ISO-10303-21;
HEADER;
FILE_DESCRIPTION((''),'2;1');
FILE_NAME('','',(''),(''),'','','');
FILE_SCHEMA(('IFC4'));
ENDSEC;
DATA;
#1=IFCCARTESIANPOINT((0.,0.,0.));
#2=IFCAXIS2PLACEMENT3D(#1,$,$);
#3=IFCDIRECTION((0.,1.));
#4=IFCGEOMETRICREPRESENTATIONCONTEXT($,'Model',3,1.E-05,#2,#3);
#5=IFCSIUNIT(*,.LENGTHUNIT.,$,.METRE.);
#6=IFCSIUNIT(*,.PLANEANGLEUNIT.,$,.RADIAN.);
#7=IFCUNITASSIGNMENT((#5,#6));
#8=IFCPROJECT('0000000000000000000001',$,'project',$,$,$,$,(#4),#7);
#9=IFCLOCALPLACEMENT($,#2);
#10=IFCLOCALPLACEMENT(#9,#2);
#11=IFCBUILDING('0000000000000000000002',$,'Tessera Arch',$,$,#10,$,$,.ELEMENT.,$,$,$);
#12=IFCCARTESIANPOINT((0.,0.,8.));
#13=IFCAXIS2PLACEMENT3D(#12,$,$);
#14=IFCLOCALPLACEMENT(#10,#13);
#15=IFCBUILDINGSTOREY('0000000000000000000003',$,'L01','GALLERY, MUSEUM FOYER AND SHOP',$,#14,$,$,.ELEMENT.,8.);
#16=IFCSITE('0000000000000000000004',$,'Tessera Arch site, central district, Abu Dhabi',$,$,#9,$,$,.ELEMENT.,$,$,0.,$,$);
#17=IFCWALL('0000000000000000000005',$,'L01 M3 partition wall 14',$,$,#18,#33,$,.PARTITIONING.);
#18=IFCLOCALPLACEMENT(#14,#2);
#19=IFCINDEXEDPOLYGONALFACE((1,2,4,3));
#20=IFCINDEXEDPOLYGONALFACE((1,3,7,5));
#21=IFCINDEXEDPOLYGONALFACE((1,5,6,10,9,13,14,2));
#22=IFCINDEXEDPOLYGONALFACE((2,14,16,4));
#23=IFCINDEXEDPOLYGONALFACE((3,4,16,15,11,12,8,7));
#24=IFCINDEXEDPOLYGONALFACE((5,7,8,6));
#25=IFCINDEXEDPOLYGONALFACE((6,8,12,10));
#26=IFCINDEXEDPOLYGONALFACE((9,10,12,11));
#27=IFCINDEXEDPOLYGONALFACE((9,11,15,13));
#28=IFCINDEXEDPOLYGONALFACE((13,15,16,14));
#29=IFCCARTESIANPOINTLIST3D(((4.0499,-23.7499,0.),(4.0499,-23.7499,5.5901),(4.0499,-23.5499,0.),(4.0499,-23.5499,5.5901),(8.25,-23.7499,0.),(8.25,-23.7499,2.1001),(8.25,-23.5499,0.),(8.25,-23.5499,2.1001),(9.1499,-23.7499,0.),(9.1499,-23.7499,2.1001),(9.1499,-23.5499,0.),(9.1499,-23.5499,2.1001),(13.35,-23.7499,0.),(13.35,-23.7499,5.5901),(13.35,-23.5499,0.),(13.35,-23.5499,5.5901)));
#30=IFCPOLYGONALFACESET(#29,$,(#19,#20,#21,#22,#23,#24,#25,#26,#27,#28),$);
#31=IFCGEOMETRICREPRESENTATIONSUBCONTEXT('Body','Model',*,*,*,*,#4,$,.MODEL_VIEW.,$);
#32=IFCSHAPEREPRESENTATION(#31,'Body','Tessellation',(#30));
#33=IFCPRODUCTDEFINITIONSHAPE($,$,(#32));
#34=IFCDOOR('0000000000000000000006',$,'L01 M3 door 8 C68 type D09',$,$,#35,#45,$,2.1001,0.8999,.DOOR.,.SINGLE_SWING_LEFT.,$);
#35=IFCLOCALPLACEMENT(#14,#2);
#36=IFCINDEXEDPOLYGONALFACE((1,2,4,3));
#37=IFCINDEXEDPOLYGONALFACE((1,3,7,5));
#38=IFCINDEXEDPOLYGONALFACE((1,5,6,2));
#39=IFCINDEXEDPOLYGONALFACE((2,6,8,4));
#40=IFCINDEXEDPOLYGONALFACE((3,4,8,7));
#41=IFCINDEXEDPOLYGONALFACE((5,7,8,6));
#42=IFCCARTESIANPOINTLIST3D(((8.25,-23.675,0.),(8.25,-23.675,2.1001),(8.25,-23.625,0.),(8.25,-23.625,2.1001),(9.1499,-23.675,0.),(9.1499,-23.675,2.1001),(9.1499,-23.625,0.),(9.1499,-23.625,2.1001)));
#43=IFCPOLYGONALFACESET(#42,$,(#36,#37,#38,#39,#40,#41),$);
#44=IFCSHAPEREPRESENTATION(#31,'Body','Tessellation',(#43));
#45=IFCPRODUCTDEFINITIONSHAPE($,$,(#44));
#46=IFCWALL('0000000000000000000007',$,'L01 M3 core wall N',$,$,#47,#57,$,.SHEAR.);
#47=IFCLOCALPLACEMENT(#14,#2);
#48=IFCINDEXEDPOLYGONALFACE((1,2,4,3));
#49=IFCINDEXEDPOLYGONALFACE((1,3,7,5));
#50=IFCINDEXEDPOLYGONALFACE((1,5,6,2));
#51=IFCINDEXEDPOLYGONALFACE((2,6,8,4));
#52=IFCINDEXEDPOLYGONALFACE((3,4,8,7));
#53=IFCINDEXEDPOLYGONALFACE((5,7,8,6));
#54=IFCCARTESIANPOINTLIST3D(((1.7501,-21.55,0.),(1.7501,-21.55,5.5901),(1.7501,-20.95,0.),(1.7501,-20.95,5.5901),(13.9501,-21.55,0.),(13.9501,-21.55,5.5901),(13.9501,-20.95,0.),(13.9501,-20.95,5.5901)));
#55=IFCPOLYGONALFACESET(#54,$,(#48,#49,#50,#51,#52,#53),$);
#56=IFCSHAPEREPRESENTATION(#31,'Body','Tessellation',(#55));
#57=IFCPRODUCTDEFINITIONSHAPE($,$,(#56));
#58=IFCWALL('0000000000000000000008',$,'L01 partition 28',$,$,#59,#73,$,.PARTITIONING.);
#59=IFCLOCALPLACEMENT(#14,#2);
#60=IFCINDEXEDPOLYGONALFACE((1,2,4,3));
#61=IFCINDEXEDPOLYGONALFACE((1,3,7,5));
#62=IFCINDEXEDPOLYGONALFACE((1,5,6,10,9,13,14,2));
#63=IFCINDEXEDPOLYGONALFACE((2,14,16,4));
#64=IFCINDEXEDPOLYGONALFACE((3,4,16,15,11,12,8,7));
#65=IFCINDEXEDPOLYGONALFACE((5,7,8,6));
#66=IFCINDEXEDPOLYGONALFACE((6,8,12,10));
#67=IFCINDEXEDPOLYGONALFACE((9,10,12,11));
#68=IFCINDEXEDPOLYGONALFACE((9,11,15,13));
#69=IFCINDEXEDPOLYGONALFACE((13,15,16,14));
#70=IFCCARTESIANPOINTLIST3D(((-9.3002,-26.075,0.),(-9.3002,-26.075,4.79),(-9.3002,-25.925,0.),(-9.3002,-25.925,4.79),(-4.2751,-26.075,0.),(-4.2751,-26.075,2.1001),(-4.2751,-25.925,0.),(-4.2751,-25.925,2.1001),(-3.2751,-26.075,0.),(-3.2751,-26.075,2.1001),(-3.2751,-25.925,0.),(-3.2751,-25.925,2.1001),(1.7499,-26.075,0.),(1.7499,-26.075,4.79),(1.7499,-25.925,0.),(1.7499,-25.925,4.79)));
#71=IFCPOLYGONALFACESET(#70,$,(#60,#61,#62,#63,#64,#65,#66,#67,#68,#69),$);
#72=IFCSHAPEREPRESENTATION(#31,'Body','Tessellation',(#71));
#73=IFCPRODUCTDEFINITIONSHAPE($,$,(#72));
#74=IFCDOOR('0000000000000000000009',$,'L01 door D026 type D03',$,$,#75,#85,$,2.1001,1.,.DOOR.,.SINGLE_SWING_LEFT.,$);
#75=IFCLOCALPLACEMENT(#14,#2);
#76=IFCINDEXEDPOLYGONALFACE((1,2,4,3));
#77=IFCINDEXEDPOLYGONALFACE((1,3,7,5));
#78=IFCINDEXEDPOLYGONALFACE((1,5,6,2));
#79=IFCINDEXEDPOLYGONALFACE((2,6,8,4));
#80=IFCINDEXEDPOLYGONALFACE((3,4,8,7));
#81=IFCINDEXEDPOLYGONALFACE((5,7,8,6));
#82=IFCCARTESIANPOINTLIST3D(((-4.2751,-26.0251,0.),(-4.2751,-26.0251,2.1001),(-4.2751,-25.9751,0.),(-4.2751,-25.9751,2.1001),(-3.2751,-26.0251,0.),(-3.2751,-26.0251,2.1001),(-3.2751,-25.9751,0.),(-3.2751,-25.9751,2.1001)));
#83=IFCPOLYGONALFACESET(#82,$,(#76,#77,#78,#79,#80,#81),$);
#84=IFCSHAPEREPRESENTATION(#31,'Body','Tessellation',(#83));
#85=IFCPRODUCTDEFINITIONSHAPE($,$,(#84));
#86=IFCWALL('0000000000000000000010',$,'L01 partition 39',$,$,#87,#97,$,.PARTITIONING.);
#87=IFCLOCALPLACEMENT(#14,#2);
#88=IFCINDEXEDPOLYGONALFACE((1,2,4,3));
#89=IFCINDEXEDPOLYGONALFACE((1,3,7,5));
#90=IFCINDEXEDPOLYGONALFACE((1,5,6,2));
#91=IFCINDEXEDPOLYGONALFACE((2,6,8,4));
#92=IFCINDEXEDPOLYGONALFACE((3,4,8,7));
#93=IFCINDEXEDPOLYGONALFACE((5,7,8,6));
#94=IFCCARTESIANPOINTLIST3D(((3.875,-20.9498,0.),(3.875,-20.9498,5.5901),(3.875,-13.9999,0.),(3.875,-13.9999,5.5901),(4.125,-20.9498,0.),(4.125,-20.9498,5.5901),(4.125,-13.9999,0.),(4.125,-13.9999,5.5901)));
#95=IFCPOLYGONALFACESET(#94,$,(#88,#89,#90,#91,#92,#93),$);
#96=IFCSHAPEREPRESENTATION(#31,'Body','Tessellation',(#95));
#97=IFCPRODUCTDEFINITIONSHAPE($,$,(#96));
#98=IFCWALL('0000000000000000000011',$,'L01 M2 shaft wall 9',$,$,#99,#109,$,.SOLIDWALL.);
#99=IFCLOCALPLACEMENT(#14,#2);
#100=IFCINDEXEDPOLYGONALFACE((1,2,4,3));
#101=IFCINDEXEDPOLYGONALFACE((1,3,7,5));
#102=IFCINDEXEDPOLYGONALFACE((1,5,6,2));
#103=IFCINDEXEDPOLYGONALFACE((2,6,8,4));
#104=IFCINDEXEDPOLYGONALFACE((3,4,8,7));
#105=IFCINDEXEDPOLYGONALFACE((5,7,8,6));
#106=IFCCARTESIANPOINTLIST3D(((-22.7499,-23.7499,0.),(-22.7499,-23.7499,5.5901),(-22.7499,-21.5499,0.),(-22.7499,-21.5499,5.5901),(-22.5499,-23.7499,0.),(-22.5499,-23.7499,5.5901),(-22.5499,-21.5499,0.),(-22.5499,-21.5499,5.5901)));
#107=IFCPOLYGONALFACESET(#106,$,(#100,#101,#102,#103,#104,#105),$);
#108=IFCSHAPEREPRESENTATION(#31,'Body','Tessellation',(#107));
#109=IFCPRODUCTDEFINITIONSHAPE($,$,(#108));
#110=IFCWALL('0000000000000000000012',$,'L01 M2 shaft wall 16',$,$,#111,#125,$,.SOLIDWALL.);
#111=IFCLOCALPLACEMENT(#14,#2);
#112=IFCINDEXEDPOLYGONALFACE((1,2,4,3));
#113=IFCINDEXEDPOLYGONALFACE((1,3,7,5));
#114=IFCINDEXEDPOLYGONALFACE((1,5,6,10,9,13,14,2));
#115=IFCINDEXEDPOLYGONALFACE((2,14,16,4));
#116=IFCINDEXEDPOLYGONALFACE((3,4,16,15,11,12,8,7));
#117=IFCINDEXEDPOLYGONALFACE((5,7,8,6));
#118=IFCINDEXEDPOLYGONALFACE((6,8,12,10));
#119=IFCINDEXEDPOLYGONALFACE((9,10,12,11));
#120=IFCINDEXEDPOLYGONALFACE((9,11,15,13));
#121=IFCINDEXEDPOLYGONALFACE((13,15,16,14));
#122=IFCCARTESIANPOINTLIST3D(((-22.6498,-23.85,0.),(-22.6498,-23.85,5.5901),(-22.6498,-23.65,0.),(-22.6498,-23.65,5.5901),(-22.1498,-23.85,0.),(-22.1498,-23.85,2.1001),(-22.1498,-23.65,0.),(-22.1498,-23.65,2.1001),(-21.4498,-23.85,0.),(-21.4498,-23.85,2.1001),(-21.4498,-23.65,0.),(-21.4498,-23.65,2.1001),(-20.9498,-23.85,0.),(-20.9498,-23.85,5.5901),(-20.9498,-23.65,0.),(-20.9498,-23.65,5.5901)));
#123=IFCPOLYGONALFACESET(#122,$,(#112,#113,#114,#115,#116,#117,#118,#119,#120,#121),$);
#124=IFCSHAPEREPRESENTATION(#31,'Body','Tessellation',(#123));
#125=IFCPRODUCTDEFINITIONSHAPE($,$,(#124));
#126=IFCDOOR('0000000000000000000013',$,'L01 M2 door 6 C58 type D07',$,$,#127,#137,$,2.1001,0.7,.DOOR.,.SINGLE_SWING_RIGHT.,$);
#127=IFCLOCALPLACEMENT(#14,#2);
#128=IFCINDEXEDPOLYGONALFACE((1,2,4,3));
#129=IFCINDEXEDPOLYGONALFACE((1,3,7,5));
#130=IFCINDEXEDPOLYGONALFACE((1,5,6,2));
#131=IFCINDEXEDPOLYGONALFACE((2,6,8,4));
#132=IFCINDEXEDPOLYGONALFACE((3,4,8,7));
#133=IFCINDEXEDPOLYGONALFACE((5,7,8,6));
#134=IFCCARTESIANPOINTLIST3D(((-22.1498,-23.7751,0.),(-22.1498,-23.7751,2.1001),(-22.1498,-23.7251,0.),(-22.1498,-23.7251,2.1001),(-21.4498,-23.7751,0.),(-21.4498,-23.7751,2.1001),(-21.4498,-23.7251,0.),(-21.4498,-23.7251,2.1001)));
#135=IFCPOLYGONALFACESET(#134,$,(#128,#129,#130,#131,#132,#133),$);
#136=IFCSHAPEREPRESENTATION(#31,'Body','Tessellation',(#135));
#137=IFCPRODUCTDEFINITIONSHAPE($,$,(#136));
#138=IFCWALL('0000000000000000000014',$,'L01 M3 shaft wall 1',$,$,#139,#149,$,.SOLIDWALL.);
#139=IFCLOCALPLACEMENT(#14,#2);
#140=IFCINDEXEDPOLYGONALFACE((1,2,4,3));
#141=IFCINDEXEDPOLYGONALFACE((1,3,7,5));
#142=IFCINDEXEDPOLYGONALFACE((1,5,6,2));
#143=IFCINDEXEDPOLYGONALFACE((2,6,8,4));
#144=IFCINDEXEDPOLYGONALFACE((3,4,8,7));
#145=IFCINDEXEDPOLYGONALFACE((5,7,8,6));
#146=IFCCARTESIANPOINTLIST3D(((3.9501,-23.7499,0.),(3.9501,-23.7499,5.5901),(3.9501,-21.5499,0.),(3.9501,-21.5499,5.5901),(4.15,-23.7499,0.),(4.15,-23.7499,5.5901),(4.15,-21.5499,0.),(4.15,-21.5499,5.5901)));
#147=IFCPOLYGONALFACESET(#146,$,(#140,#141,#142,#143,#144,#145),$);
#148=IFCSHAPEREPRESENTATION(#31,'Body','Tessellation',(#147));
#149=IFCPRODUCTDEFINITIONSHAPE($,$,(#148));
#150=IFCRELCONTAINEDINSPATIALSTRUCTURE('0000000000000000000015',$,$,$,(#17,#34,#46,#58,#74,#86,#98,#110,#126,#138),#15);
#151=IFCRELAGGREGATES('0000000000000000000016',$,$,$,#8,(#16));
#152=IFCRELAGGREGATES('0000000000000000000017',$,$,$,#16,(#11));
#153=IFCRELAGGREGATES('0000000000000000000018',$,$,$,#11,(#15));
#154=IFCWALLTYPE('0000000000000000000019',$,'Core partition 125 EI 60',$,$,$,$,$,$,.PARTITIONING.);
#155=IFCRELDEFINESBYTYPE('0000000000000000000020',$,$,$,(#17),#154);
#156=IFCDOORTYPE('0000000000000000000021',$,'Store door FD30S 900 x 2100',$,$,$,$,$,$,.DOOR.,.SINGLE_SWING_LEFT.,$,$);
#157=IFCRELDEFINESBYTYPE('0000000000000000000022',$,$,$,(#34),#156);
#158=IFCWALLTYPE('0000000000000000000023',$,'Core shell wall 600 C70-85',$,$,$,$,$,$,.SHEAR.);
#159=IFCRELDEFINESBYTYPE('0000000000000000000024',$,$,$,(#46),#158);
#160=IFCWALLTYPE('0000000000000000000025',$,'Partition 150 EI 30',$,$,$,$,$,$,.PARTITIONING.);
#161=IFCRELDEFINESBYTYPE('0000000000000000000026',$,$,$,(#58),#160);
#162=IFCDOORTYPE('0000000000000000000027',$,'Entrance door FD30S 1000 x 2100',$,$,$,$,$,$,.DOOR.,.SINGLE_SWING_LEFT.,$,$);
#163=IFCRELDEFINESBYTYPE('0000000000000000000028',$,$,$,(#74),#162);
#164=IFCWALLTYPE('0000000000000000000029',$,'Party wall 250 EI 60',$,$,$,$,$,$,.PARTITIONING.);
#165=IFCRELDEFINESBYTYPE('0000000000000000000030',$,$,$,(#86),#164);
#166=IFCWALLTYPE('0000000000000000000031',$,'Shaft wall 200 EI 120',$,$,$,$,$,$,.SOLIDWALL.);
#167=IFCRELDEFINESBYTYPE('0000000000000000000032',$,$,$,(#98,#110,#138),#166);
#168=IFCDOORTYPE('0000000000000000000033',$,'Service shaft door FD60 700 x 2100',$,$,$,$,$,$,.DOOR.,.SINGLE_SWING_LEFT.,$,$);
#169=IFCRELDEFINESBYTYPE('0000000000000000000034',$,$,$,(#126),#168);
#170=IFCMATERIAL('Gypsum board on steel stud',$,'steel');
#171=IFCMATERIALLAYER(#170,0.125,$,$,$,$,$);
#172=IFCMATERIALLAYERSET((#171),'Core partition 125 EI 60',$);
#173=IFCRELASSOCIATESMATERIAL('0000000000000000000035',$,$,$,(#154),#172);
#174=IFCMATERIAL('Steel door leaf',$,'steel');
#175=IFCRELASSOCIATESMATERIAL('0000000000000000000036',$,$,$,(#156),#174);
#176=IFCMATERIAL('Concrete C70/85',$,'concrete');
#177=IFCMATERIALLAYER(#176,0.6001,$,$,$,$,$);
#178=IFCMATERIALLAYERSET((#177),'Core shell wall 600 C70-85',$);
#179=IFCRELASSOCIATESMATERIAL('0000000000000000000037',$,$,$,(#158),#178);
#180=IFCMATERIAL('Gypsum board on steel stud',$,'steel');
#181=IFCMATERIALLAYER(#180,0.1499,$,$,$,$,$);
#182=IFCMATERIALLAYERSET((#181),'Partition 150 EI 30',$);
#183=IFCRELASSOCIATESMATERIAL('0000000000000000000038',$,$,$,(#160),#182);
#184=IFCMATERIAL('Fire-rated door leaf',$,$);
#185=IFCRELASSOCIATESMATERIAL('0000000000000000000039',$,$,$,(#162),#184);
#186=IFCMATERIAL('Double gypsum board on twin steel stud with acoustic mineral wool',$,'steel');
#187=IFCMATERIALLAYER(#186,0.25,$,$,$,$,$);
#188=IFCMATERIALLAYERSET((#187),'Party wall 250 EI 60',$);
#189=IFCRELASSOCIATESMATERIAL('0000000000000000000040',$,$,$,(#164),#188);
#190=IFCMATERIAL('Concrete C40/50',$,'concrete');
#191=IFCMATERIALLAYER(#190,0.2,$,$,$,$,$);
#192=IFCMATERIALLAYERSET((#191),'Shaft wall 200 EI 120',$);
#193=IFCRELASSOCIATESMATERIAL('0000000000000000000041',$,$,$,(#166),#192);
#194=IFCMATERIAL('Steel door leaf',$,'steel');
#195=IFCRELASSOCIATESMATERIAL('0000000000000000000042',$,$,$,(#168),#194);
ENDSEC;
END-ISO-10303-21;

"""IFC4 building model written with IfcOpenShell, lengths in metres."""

from ifc_helpers import new_model, si_unit, direction, frame, frame_2d, origin, place, context, subcontext, project, spatial, rectangle, extrude, material, layer, layer_set, type_object, element, fill, save


model = new_model("IFC4")

# Units and contexts
model_context = context("Model", 3, precision=1e-05, world=origin(), true_north=direction((0.0, 1.0)))
body_context = subcontext(model_context, "Body", "Model", "MODEL_VIEW")
ifc_project = project(units=[si_unit("LENGTHUNIT", "METRE"), si_unit("PLANEANGLEUNIT", "RADIAN")], contexts=[model_context])

# Site, building, storey
site_placement = place(None, origin())
site = spatial("IfcSite", under=ifc_project, at=site_placement, Name="Tessera Arch site, central district, Abu Dhabi", CompositionType="ELEMENT", RefElevation=0.0)
building_placement = place(site_placement, origin())
building = spatial("IfcBuilding", under=site, at=building_placement, Name="Tessera Arch", CompositionType="ELEMENT")
storey_placement = place(building_placement, frame((0.0, 0.0, 8.0)))
storey = spatial("IfcBuildingStorey", under=building, at=storey_placement, Name="L01", Description="GALLERY, MUSEUM FOYER AND SHOP", CompositionType="ELEMENT", Elevation=8.0)

# Wall, opening, door
ifc_material_1 = material(Name="Gypsum board on steel stud", Category="steel")
ifc_layer_1 = layer(ifc_material_1, 0.125)
ifc_layer_set_1 = layer_set([ifc_layer_1], Name="Core partition 125 EI 60")
wall_type_1 = type_object("IfcWallType", Name="Core partition 125 EI 60", PredefinedType="PARTITIONING", material=ifc_layer_set_1)
wall_1_placement = place(storey_placement, frame((4.05, -23.6499, 0.0), z_axis=(0.0, 0.0, 1.0), x_axis=(1.0, 0.0, 0.0)))
wall_1 = element("IfcWall", 1, at=wall_1_placement, inside=storey, type_object=wall_type_1, Name="L01 M3 partition wall 14", PredefinedType="PARTITIONING", context=body_context, shape_type="SweptSolid", body=[
    extrude(rectangle(XDim=9.3, YDim=0.2, at=frame_2d((4.6499, 0.0))), origin(), (0.0, 0.0, 1.0), 5.5901),
])
opening_1_placement = place(wall_1_placement, frame((4.2, 0.0, 0.0)))
opening_1 = element("IfcOpeningElement", 2, at=opening_1_placement, cuts=wall_1, PredefinedType="OPENING", context=body_context, shape_type="SweptSolid", body=[
    extrude(rectangle(XDim=0.8999, YDim=2.1001, at=frame_2d((0.45, 1.05))), frame((0.0, 0.1099, 0.0), z_axis=(0.0, -1.0, 0.0), x_axis=(1.0, 0.0, 0.0)), (0.0, 0.0, 1.0), 0.22),
])
ifc_material_2 = material(Name="Steel door leaf", Category="steel")
door_type_1 = type_object("IfcDoorType", Name="Store door FD30S 900 x 2100", OperationType="SINGLE_SWING_LEFT", PredefinedType="DOOR", material=ifc_material_2)
door_1_placement = place(opening_1_placement, origin())
door_1 = element("IfcDoor", 3, at=door_1_placement, inside=storey, type_object=door_type_1, Name="L01 M3 door 8 C68 type D09", OperationType="SINGLE_SWING_LEFT", OverallHeight=2.1001, OverallWidth=0.8999, PredefinedType="DOOR", context=body_context, shape_type="SweptSolid", body=[
    extrude(rectangle(XDim=0.8999, YDim=2.1001, at=frame_2d((0.45, 1.05))), frame((0.0, 0.0249, 0.0), z_axis=(0.0, -1.0, 0.0), x_axis=(1.0, 0.0, 0.0)), (0.0, 0.0, 1.0), 0.05),
])
fill(opening_1, door_1)

# Wall
ifc_material_3 = material(Name="Concrete C70/85", Category="concrete")
ifc_layer_2 = layer(ifc_material_3, 0.6001)
ifc_layer_set_2 = layer_set([ifc_layer_2], Name="Core shell wall 600 C70-85")
wall_type_2 = type_object("IfcWallType", Name="Core shell wall 600 C70-85", PredefinedType="SHEAR", material=ifc_layer_set_2)
wall_2_placement = place(storey_placement, frame((1.75, -21.25, 0.0), z_axis=(0.0, 0.0, 1.0), x_axis=(1.0, 0.0, 0.0)))
element("IfcWall", 4, at=wall_2_placement, inside=storey, type_object=wall_type_2, Name="L01 M3 core wall N", PredefinedType="SHEAR", context=body_context, shape_type="SweptSolid", body=[
    extrude(rectangle(XDim=12.2, YDim=0.6001, at=frame_2d((6.1001, 0.0))), origin(), (0.0, 0.0, 1.0), 5.5901),
])

# Wall, opening, door
ifc_material_4 = material(Name="Gypsum board on steel stud", Category="steel")
ifc_layer_3 = layer(ifc_material_4, 0.1499)
ifc_layer_set_3 = layer_set([ifc_layer_3], Name="Partition 150 EI 30")
wall_type_3 = type_object("IfcWallType", Name="Partition 150 EI 30", PredefinedType="PARTITIONING", material=ifc_layer_set_3)
wall_3_placement = place(storey_placement, frame((-9.3, -26.0, 0.0), z_axis=(0.0, 0.0, 1.0), x_axis=(1.0, 0.0, 0.0)))
wall_3 = element("IfcWall", 5, at=wall_3_placement, inside=storey, type_object=wall_type_3, Name="L01 partition 28", PredefinedType="PARTITIONING", context=body_context, shape_type="SweptSolid", body=[
    extrude(rectangle(XDim=11.05, YDim=0.1499, at=frame_2d((5.5249, 0.0))), origin(), (0.0, 0.0, 1.0), 4.79),
])
opening_2_placement = place(wall_3_placement, frame((5.0249, 0.0, 0.0)))
opening_2 = element("IfcOpeningElement", 6, at=opening_2_placement, cuts=wall_3, PredefinedType="OPENING", context=body_context, shape_type="SweptSolid", body=[
    extrude(rectangle(XDim=1.0, YDim=2.1001, at=frame_2d((0.5, 1.05))), frame((0.0, 0.085, 0.0), z_axis=(0.0, -1.0, 0.0), x_axis=(1.0, 0.0, 0.0)), (0.0, 0.0, 1.0), 0.1699),
])
ifc_material_5 = material(Name="Fire-rated door leaf")
door_type_2 = type_object("IfcDoorType", Name="Entrance door FD30S 1000 x 2100", OperationType="SINGLE_SWING_LEFT", PredefinedType="DOOR", material=ifc_material_5)
door_2_placement = place(opening_2_placement, origin())
door_2 = element("IfcDoor", 7, at=door_2_placement, inside=storey, type_object=door_type_2, Name="L01 door D026 type D03", OperationType="SINGLE_SWING_LEFT", OverallHeight=2.1001, OverallWidth=1.0, PredefinedType="DOOR", context=body_context, shape_type="SweptSolid", body=[
    extrude(rectangle(XDim=1.0, YDim=2.1001, at=frame_2d((0.5, 1.05))), frame((0.0, 0.0249, 0.0), z_axis=(0.0, -1.0, 0.0), x_axis=(1.0, 0.0, 0.0)), (0.0, 0.0, 1.0), 0.05),
])
fill(opening_2, door_2)

# Walls
ifc_material_6 = material(Name="Double gypsum board on twin steel stud with acoustic mineral wool", Category="steel")
ifc_layer_4 = layer(ifc_material_6, 0.25)
ifc_layer_set_4 = layer_set([ifc_layer_4], Name="Party wall 250 EI 60")
wall_type_4 = type_object("IfcWallType", Name="Party wall 250 EI 60", PredefinedType="PARTITIONING", material=ifc_layer_set_4)
wall_4_placement = place(storey_placement, frame((4.0, -20.95, 0.0), z_axis=(0.0, 0.0, 1.0), x_axis=(0.0, 1.0, 0.0)))
element("IfcWall", 8, at=wall_4_placement, inside=storey, type_object=wall_type_4, Name="L01 partition 39", PredefinedType="PARTITIONING", context=body_context, shape_type="SweptSolid", body=[
    extrude(rectangle(XDim=6.95, YDim=0.25, at=frame_2d((3.4751, 0.0))), origin(), (0.0, 0.0, 1.0), 5.5901),
])
ifc_material_7 = material(Name="Concrete C40/50", Category="concrete")
ifc_layer_5 = layer(ifc_material_7, 0.2)
ifc_layer_set_5 = layer_set([ifc_layer_5], Name="Shaft wall 200 EI 120")
wall_type_5 = type_object("IfcWallType", Name="Shaft wall 200 EI 120", PredefinedType="SOLIDWALL", material=ifc_layer_set_5)
wall_5_placement = place(storey_placement, frame((-22.6499, -23.75, 0.0), z_axis=(0.0, 0.0, 1.0), x_axis=(0.0, 1.0, 0.0)))
element("IfcWall", 9, at=wall_5_placement, inside=storey, type_object=wall_type_5, Name="L01 M2 shaft wall 9", PredefinedType="SOLIDWALL", context=body_context, shape_type="SweptSolid", body=[
    extrude(rectangle(XDim=2.2, YDim=0.2, at=frame_2d((1.1001, 0.0))), origin(), (0.0, 0.0, 1.0), 5.5901),
])

# Wall, opening, door
wall_6_placement = place(storey_placement, frame((-22.6499, -23.75, 0.0), z_axis=(0.0, 0.0, 1.0), x_axis=(1.0, 0.0, 0.0)))
wall_6 = element("IfcWall", 10, at=wall_6_placement, inside=storey, type_object=wall_type_5, Name="L01 M2 shaft wall 16", PredefinedType="SOLIDWALL", context=body_context, shape_type="SweptSolid", body=[
    extrude(rectangle(XDim=1.7, YDim=0.2, at=frame_2d((0.8501, 0.0))), origin(), (0.0, 0.0, 1.0), 5.5901),
])
opening_3_placement = place(wall_6_placement, frame((0.5, 0.0, 0.0)))
opening_3 = element("IfcOpeningElement", 11, at=opening_3_placement, cuts=wall_6, PredefinedType="OPENING", context=body_context, shape_type="SweptSolid", body=[
    extrude(rectangle(XDim=0.7, YDim=2.1001, at=frame_2d((0.3501, 1.05))), frame((0.0, 0.1099, 0.0), z_axis=(0.0, -1.0, 0.0), x_axis=(1.0, 0.0, 0.0)), (0.0, 0.0, 1.0), 0.22),
])
ifc_material_8 = material(Name="Steel door leaf", Category="steel")
door_type_3 = type_object("IfcDoorType", Name="Service shaft door FD60 700 x 2100", OperationType="SINGLE_SWING_LEFT", PredefinedType="DOOR", material=ifc_material_8)
door_3_placement = place(opening_3_placement, origin())
door_3 = element("IfcDoor", 12, at=door_3_placement, inside=storey, type_object=door_type_3, Name="L01 M2 door 6 C58 type D07", OperationType="SINGLE_SWING_RIGHT", OverallHeight=2.1001, OverallWidth=0.7, PredefinedType="DOOR", context=body_context, shape_type="SweptSolid", body=[
    extrude(rectangle(XDim=0.7, YDim=2.1001, at=frame_2d((0.3501, 1.05))), frame((0.0, 0.0249, 0.0), z_axis=(0.0, -1.0, 0.0), x_axis=(1.0, 0.0, 0.0)), (0.0, 0.0, 1.0), 0.05),
])
fill(opening_3, door_3)

# Wall
wall_7_placement = place(storey_placement, frame((4.05, -23.75, 0.0), z_axis=(0.0, 0.0, 1.0), x_axis=(0.0, 1.0, 0.0)))
element("IfcWall", 13, at=wall_7_placement, inside=storey, type_object=wall_type_5, Name="L01 M3 shaft wall 1", PredefinedType="SOLIDWALL", context=body_context, shape_type="SweptSolid", body=[
    extrude(rectangle(XDim=2.2, YDim=0.2, at=frame_2d((1.1001, 0.0))), origin(), (0.0, 0.0, 1.0), 5.5901),
])

save(model, "model.ifc")
